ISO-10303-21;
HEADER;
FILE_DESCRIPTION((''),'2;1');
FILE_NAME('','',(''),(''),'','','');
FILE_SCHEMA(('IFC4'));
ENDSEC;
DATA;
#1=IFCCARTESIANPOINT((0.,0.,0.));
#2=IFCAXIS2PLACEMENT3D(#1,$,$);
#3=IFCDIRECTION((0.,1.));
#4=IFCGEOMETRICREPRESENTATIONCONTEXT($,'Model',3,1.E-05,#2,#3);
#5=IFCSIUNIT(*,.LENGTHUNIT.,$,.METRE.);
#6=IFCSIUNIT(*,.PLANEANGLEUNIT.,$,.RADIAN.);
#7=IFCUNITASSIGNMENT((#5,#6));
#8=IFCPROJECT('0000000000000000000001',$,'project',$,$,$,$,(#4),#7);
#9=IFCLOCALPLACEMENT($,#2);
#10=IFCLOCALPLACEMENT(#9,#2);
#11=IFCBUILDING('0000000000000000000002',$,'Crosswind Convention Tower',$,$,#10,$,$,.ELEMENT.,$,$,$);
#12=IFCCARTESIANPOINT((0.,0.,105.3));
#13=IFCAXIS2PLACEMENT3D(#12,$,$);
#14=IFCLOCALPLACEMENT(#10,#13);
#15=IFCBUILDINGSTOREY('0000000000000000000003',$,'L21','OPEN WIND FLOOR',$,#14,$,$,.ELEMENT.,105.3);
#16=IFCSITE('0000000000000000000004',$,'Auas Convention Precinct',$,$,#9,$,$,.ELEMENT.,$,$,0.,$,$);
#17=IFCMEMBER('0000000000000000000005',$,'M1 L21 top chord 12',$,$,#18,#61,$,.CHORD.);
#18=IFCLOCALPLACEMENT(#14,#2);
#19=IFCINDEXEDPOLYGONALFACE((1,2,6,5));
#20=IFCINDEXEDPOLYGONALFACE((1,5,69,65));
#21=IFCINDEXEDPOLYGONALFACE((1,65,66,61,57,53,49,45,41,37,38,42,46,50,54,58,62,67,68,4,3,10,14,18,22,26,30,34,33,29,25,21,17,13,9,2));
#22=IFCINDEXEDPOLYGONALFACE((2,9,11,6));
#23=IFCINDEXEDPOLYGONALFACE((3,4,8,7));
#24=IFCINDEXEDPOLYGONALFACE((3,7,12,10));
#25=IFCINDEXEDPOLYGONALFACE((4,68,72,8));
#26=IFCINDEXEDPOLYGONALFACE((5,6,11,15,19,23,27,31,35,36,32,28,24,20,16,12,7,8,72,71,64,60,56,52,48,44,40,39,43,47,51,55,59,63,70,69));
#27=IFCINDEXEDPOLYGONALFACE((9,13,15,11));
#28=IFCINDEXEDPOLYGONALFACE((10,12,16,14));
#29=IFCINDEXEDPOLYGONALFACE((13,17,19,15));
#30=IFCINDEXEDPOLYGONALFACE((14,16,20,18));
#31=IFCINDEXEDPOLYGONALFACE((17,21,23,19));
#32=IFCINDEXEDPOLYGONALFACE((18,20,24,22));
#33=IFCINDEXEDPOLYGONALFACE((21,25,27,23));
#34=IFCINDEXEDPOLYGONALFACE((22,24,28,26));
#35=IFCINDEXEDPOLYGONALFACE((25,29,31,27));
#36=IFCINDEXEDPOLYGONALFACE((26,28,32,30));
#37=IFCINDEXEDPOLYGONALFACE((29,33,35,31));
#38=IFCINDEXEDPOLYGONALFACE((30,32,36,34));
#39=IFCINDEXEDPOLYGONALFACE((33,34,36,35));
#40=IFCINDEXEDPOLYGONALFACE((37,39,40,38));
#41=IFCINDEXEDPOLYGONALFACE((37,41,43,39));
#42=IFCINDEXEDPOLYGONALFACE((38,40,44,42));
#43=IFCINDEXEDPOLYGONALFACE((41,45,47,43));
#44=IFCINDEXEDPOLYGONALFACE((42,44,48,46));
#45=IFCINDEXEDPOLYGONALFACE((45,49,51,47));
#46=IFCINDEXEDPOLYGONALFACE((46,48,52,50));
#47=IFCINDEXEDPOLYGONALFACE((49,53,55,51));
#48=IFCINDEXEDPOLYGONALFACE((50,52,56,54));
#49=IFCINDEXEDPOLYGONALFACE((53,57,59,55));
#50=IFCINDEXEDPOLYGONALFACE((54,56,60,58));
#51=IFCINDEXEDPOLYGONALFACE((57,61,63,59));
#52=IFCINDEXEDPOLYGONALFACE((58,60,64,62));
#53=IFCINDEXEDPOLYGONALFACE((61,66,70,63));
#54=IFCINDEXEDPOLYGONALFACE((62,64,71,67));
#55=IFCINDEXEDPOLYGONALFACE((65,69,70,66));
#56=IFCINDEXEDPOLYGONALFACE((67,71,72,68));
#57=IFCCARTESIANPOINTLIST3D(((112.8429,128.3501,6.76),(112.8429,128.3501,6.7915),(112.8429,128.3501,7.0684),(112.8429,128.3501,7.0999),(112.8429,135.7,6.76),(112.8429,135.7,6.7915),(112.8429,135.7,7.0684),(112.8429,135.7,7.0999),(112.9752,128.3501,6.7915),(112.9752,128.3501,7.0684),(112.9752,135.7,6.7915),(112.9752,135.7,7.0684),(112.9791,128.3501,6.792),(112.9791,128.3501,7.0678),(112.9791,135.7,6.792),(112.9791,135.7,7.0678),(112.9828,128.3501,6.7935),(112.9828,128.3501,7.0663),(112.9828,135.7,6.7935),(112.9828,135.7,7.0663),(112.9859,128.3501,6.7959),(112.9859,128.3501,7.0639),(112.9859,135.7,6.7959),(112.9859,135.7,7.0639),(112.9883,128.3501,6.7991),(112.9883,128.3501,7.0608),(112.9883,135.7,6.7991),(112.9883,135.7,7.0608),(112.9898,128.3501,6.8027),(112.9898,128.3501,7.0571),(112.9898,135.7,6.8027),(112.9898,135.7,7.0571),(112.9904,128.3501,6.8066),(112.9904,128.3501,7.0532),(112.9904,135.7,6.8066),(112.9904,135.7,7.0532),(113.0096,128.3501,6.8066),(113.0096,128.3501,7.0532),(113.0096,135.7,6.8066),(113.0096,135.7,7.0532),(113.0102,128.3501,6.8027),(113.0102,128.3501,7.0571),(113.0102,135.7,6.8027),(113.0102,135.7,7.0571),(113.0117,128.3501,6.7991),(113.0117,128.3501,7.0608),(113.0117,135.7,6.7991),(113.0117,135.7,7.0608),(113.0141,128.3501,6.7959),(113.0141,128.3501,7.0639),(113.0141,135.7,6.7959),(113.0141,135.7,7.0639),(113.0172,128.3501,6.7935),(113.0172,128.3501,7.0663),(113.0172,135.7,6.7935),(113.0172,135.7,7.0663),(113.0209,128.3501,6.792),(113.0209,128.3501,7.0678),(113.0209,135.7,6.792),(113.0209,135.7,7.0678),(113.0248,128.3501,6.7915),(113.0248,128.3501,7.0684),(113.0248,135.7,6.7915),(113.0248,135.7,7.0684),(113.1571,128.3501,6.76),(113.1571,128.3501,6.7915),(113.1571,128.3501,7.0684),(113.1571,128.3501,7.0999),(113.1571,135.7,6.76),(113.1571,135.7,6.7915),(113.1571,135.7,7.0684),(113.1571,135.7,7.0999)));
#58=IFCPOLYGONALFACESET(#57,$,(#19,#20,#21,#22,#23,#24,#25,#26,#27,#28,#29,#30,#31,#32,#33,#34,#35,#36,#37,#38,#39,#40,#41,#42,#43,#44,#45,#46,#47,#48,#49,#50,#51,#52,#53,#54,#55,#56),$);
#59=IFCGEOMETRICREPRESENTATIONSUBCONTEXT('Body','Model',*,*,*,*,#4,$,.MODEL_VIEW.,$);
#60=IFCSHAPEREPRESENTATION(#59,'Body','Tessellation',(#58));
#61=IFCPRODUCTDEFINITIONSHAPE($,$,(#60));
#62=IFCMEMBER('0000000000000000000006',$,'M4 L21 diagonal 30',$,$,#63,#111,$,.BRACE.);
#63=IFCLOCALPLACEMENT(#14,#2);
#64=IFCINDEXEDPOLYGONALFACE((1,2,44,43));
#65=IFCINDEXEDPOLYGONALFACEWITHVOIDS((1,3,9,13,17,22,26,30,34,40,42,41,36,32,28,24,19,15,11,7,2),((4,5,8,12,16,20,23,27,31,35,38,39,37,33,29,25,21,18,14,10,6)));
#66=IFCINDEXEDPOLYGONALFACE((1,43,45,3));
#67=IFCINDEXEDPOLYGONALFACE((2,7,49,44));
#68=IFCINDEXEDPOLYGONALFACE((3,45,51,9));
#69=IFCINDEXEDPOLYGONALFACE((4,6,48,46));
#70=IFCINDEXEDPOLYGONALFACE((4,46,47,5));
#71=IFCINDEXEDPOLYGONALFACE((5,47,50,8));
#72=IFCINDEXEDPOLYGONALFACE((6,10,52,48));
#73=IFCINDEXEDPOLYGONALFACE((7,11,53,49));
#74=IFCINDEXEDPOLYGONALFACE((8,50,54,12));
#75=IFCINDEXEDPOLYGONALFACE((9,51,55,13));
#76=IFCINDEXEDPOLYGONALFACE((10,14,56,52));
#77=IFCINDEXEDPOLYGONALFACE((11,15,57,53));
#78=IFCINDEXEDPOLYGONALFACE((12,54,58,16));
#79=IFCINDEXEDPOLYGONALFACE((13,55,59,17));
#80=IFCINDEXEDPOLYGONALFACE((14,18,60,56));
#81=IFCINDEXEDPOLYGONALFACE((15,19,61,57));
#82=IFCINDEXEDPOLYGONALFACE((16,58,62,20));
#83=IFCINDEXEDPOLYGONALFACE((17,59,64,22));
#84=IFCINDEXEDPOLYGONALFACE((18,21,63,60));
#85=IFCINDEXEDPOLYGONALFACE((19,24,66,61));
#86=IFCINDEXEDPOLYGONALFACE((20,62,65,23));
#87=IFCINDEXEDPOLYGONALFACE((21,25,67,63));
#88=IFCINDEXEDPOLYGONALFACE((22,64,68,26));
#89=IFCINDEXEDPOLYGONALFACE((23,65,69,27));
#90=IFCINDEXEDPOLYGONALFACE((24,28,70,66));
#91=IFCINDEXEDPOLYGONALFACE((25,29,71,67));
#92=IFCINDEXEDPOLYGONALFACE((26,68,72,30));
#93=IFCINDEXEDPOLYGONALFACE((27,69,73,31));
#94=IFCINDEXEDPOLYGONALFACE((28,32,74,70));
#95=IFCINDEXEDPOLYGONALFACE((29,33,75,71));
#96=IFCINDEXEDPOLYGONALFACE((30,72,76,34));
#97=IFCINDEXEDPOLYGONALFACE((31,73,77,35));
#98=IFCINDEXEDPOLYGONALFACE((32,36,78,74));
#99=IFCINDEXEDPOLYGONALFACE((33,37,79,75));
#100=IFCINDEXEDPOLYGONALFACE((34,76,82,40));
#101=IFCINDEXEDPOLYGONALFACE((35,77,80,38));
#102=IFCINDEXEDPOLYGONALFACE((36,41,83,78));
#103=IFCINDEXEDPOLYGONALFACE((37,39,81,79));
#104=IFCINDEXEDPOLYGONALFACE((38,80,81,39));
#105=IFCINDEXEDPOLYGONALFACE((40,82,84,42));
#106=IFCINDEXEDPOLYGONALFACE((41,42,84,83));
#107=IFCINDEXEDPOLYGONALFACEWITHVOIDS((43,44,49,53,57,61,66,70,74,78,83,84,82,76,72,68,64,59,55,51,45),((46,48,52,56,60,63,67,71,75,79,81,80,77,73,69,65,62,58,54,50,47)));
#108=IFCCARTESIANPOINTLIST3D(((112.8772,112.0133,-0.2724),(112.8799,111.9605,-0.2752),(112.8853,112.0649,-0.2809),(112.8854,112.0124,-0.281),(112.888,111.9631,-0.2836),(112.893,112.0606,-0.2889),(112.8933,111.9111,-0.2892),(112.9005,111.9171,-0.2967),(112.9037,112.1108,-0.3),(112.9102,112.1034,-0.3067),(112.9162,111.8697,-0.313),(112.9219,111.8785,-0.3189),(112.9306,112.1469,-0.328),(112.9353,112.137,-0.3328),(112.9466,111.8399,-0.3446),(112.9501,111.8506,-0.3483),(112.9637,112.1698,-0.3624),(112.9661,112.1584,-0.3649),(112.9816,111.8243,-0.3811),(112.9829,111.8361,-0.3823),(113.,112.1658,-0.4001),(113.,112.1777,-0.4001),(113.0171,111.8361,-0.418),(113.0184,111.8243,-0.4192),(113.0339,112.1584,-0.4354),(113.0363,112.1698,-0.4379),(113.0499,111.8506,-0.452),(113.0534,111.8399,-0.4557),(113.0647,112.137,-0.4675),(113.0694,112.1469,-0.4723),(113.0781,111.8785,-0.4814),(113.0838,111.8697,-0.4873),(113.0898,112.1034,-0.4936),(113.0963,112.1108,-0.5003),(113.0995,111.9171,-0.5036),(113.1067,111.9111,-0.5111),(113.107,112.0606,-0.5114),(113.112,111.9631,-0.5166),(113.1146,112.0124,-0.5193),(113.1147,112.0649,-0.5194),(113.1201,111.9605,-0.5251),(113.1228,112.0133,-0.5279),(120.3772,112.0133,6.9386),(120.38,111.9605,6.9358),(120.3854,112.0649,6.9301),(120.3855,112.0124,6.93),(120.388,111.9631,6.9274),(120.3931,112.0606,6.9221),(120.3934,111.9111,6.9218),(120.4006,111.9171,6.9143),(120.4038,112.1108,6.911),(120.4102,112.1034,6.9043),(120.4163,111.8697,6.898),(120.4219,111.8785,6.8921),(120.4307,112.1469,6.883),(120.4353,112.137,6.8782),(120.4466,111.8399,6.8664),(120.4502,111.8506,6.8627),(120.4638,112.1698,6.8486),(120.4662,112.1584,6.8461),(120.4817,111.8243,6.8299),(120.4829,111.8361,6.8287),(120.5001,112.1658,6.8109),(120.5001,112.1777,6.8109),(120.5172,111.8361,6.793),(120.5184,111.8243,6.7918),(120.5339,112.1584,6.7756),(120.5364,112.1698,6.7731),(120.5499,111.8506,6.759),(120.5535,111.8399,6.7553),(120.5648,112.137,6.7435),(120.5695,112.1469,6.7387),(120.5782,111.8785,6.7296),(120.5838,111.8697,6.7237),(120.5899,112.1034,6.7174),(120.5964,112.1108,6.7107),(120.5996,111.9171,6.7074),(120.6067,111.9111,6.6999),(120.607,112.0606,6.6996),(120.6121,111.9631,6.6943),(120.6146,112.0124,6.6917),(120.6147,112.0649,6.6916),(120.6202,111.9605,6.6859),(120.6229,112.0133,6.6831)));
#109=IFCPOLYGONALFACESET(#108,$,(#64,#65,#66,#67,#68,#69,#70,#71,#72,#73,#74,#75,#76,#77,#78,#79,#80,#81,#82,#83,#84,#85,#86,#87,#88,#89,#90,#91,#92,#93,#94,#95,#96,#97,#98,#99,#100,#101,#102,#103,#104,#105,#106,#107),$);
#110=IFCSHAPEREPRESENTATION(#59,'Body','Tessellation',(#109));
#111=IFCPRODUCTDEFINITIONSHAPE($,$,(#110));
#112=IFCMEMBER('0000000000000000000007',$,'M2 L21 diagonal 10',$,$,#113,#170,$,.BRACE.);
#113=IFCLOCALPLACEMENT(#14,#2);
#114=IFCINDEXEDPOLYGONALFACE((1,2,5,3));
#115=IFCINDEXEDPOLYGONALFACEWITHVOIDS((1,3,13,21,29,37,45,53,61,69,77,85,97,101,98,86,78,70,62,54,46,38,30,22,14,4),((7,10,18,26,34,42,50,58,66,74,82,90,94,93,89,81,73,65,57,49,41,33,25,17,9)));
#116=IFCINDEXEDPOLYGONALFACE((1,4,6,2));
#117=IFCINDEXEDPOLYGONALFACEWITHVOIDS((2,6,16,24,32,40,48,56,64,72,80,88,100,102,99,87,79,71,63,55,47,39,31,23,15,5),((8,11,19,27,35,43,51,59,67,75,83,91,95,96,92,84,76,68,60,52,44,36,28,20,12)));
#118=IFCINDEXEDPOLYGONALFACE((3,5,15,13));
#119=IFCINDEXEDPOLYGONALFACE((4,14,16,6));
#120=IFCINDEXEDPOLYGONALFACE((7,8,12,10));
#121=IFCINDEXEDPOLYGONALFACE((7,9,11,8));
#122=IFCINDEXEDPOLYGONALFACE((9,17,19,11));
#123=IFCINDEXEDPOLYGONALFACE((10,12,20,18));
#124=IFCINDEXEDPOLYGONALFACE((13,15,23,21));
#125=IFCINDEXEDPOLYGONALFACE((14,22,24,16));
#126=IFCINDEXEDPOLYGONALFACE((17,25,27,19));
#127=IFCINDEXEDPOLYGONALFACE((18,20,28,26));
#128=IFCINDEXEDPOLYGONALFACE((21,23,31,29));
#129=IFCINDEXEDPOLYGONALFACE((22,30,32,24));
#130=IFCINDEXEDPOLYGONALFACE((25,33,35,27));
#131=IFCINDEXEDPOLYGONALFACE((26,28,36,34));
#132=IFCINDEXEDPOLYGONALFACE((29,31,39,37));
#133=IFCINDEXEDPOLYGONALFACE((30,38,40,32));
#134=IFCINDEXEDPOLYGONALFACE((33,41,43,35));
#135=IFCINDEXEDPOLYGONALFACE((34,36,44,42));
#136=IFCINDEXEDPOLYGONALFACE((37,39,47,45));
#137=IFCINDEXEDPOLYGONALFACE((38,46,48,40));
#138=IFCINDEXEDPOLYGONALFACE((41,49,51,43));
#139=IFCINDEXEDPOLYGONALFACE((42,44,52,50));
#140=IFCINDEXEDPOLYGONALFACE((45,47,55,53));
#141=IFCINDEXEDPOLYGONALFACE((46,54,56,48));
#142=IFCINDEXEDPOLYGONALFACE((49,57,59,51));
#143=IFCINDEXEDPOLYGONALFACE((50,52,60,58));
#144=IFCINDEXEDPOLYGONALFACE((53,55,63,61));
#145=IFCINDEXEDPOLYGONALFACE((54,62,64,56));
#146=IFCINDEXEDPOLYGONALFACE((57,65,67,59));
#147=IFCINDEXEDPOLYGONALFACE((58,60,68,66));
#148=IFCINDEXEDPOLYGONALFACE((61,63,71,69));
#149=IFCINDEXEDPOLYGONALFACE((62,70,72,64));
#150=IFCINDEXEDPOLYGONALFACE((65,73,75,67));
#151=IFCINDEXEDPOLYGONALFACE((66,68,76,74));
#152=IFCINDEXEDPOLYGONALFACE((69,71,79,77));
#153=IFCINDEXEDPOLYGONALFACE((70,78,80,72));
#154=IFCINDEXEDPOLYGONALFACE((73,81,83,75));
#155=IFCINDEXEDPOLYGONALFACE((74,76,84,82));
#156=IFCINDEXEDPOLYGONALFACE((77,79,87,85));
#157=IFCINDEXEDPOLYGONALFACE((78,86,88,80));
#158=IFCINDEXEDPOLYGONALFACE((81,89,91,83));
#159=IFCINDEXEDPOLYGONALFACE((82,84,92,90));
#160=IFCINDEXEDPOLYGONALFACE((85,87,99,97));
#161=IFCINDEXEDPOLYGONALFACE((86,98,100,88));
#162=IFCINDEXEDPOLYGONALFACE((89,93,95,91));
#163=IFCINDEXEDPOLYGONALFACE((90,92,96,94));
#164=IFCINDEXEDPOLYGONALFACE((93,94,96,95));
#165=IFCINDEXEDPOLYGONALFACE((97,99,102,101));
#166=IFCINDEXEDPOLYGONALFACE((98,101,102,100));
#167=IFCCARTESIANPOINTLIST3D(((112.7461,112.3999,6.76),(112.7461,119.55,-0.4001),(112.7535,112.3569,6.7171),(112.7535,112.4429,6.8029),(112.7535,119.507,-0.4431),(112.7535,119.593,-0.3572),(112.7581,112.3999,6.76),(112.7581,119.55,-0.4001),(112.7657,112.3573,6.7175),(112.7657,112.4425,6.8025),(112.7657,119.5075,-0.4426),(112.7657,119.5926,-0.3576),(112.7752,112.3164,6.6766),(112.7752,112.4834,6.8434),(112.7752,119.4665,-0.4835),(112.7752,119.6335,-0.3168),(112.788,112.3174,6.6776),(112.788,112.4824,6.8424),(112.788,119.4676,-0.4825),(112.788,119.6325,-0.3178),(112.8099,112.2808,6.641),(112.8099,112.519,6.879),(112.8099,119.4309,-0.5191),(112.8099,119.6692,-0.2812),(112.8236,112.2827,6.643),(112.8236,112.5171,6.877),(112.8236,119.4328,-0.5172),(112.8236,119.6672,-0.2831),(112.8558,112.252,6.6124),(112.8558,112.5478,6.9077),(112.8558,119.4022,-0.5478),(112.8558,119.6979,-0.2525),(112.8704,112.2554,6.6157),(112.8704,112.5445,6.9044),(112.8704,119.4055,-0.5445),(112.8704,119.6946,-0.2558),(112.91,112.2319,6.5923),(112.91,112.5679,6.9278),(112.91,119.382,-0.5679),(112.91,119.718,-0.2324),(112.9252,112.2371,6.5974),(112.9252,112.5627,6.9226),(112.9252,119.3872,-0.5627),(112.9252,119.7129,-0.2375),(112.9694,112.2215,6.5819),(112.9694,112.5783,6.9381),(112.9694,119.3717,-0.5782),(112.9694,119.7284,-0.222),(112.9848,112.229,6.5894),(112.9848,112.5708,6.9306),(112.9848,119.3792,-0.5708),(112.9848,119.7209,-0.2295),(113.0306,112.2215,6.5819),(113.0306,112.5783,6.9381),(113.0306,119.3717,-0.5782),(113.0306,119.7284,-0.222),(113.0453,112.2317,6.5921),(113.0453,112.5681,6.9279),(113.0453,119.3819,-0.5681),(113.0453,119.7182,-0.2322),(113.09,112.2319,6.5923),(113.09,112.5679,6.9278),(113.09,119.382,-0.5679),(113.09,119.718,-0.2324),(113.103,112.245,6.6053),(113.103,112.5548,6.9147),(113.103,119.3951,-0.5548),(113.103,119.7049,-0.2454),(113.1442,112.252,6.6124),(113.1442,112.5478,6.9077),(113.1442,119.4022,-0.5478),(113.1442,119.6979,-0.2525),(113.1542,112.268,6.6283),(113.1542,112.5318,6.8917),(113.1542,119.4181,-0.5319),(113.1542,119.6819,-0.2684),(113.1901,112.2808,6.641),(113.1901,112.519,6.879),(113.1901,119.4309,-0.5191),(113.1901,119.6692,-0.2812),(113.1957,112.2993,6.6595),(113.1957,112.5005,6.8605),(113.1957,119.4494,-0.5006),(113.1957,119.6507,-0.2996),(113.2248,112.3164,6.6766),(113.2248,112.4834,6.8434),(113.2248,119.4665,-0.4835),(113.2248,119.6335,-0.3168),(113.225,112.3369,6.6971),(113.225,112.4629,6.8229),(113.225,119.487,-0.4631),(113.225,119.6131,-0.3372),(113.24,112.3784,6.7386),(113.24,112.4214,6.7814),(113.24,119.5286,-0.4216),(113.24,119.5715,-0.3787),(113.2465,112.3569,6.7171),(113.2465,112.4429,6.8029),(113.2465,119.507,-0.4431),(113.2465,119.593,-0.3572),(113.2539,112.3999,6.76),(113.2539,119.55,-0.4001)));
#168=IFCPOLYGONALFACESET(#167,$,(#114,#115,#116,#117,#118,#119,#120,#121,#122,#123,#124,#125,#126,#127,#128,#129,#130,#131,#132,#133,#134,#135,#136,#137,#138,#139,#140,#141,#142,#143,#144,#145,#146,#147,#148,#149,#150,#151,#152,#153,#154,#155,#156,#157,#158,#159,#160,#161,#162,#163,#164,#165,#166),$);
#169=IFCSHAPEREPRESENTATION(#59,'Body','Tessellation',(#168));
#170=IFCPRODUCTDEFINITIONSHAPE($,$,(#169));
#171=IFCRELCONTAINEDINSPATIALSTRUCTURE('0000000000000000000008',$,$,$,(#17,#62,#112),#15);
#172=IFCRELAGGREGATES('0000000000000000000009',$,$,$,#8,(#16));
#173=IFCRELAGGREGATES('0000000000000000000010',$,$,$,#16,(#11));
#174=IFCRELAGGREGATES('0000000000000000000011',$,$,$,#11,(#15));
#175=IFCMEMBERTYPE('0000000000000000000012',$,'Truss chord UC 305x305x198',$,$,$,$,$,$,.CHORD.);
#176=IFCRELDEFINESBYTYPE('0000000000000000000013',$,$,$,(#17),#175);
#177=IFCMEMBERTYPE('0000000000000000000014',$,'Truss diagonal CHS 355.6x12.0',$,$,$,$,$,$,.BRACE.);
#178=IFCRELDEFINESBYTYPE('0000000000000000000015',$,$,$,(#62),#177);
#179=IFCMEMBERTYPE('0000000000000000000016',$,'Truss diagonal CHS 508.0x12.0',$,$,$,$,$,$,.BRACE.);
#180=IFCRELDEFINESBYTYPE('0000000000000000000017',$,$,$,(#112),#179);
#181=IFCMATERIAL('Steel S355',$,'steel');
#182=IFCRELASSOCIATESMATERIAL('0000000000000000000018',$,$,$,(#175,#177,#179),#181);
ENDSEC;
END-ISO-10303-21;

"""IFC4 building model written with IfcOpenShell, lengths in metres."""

from ifc_helpers import new_model, si_unit, direction, frame, origin, origin_2d, place, context, subcontext, project, spatial, hollow_circle, i_section, extrude, material, material_profile, profile_set, type_object, element, save


model = new_model("IFC4")

# Units and contexts
model_context = context("Model", 3, precision=1e-05, world=origin(), true_north=direction((0.0, 1.0)))
body_context = subcontext(model_context, "Body", "Model", "MODEL_VIEW")
ifc_project = project(units=[si_unit("LENGTHUNIT", "METRE"), si_unit("PLANEANGLEUNIT", "RADIAN")], contexts=[model_context])

# Site, building, storey
site_placement = place(None, origin())
site = spatial("IfcSite", under=ifc_project, at=site_placement, Name="Auas Convention Precinct", CompositionType="ELEMENT", RefElevation=0.0)
building_placement = place(site_placement, origin())
building = spatial("IfcBuilding", under=site, at=building_placement, Name="Crosswind Convention Tower", CompositionType="ELEMENT")
storey_placement = place(building_placement, frame((0.0, 0.0, 105.3)))
storey = spatial("IfcBuildingStorey", under=building, at=storey_placement, Name="L21", Description="OPEN WIND FLOOR", CompositionType="ELEMENT", Elevation=105.3)

# Members
ifc_material_1 = material(Name="Steel S355", Category="steel")
ifc_material_profile_1 = material_profile(ifc_material_1, i_section(OverallWidth=0.3142, OverallDepth=0.3398, WebThickness=0.0193, FlangeThickness=0.0315, FilletRadius=0.0151, at=origin_2d()), Name="UC 305x305x198")
ifc_profile_set_1 = profile_set([ifc_material_profile_1], Name="Steel S355")
member_type_1 = type_object("IfcMemberType", Name="Truss chord UC 305x305x198", PredefinedType="CHORD", material=ifc_profile_set_1)
member_1_placement = place(storey_placement, frame((113.0, 128.3501, 6.9299), z_axis=(0.0, 1.0, 0.0), x_axis=(-1.0, 0.0, 0.0)))
element("IfcMember", 1, at=member_1_placement, inside=storey, type_object=member_type_1, Name="M1 L21 top chord 12", PredefinedType="CHORD", context=body_context, shape_type="SweptSolid", body=[
    extrude(i_section(OverallWidth=0.3142, OverallDepth=0.3398, WebThickness=0.0193, FlangeThickness=0.0315, FilletRadius=0.0151, at=origin_2d()), origin(), (0.0, 0.0, 1.0), 7.3499),
])
ifc_material_profile_2 = material_profile(ifc_material_1, hollow_circle(Radius=0.1777, WallThickness=0.012, at=origin_2d()), Name="CHS 355.6x12.0")
ifc_profile_set_2 = profile_set([ifc_material_profile_2], Name="Steel S355")
member_type_2 = type_object("IfcMemberType", Name="Truss diagonal CHS 355.6x12.0", PredefinedType="BRACE", material=ifc_profile_set_2)
member_2_placement = place(storey_placement, frame((113.0, 112.0, -0.4001), z_axis=(0.720862, 0.0, 0.693079), x_axis=(0.0, 1.0, 0.0)))
element("IfcMember", 2, at=member_2_placement, inside=storey, type_object=member_type_2, Name="M4 L21 diagonal 30", PredefinedType="BRACE", context=body_context, shape_type="SweptSolid", body=[
    extrude(hollow_circle(Radius=0.1777, WallThickness=0.012, at=origin_2d()), origin(), (0.0, 0.0, 1.0), 10.4043),
])
ifc_material_profile_3 = material_profile(ifc_material_1, hollow_circle(Radius=0.2539, WallThickness=0.012, at=origin_2d()), Name="CHS 508.0x12.0")
ifc_profile_set_3 = profile_set([ifc_material_profile_3], Name="Steel S355")
member_type_3 = type_object("IfcMemberType", Name="Truss diagonal CHS 508.0x12.0", PredefinedType="BRACE", material=ifc_profile_set_3)
member_3_placement = place(storey_placement, frame((113.0, 112.3999, 6.76), z_axis=(0.0, 0.706612, -0.707601), x_axis=(-1.0, 0.0, 0.0)))
element("IfcMember", 3, at=member_3_placement, inside=storey, type_object=member_type_3, Name="M2 L21 diagonal 10", PredefinedType="BRACE", context=body_context, shape_type="SweptSolid", body=[
    extrude(hollow_circle(Radius=0.2539, WallThickness=0.012, at=origin_2d()), origin(), (0.0, 0.0, 1.0), 10.1189),
])

save(model, "model.ifc")
